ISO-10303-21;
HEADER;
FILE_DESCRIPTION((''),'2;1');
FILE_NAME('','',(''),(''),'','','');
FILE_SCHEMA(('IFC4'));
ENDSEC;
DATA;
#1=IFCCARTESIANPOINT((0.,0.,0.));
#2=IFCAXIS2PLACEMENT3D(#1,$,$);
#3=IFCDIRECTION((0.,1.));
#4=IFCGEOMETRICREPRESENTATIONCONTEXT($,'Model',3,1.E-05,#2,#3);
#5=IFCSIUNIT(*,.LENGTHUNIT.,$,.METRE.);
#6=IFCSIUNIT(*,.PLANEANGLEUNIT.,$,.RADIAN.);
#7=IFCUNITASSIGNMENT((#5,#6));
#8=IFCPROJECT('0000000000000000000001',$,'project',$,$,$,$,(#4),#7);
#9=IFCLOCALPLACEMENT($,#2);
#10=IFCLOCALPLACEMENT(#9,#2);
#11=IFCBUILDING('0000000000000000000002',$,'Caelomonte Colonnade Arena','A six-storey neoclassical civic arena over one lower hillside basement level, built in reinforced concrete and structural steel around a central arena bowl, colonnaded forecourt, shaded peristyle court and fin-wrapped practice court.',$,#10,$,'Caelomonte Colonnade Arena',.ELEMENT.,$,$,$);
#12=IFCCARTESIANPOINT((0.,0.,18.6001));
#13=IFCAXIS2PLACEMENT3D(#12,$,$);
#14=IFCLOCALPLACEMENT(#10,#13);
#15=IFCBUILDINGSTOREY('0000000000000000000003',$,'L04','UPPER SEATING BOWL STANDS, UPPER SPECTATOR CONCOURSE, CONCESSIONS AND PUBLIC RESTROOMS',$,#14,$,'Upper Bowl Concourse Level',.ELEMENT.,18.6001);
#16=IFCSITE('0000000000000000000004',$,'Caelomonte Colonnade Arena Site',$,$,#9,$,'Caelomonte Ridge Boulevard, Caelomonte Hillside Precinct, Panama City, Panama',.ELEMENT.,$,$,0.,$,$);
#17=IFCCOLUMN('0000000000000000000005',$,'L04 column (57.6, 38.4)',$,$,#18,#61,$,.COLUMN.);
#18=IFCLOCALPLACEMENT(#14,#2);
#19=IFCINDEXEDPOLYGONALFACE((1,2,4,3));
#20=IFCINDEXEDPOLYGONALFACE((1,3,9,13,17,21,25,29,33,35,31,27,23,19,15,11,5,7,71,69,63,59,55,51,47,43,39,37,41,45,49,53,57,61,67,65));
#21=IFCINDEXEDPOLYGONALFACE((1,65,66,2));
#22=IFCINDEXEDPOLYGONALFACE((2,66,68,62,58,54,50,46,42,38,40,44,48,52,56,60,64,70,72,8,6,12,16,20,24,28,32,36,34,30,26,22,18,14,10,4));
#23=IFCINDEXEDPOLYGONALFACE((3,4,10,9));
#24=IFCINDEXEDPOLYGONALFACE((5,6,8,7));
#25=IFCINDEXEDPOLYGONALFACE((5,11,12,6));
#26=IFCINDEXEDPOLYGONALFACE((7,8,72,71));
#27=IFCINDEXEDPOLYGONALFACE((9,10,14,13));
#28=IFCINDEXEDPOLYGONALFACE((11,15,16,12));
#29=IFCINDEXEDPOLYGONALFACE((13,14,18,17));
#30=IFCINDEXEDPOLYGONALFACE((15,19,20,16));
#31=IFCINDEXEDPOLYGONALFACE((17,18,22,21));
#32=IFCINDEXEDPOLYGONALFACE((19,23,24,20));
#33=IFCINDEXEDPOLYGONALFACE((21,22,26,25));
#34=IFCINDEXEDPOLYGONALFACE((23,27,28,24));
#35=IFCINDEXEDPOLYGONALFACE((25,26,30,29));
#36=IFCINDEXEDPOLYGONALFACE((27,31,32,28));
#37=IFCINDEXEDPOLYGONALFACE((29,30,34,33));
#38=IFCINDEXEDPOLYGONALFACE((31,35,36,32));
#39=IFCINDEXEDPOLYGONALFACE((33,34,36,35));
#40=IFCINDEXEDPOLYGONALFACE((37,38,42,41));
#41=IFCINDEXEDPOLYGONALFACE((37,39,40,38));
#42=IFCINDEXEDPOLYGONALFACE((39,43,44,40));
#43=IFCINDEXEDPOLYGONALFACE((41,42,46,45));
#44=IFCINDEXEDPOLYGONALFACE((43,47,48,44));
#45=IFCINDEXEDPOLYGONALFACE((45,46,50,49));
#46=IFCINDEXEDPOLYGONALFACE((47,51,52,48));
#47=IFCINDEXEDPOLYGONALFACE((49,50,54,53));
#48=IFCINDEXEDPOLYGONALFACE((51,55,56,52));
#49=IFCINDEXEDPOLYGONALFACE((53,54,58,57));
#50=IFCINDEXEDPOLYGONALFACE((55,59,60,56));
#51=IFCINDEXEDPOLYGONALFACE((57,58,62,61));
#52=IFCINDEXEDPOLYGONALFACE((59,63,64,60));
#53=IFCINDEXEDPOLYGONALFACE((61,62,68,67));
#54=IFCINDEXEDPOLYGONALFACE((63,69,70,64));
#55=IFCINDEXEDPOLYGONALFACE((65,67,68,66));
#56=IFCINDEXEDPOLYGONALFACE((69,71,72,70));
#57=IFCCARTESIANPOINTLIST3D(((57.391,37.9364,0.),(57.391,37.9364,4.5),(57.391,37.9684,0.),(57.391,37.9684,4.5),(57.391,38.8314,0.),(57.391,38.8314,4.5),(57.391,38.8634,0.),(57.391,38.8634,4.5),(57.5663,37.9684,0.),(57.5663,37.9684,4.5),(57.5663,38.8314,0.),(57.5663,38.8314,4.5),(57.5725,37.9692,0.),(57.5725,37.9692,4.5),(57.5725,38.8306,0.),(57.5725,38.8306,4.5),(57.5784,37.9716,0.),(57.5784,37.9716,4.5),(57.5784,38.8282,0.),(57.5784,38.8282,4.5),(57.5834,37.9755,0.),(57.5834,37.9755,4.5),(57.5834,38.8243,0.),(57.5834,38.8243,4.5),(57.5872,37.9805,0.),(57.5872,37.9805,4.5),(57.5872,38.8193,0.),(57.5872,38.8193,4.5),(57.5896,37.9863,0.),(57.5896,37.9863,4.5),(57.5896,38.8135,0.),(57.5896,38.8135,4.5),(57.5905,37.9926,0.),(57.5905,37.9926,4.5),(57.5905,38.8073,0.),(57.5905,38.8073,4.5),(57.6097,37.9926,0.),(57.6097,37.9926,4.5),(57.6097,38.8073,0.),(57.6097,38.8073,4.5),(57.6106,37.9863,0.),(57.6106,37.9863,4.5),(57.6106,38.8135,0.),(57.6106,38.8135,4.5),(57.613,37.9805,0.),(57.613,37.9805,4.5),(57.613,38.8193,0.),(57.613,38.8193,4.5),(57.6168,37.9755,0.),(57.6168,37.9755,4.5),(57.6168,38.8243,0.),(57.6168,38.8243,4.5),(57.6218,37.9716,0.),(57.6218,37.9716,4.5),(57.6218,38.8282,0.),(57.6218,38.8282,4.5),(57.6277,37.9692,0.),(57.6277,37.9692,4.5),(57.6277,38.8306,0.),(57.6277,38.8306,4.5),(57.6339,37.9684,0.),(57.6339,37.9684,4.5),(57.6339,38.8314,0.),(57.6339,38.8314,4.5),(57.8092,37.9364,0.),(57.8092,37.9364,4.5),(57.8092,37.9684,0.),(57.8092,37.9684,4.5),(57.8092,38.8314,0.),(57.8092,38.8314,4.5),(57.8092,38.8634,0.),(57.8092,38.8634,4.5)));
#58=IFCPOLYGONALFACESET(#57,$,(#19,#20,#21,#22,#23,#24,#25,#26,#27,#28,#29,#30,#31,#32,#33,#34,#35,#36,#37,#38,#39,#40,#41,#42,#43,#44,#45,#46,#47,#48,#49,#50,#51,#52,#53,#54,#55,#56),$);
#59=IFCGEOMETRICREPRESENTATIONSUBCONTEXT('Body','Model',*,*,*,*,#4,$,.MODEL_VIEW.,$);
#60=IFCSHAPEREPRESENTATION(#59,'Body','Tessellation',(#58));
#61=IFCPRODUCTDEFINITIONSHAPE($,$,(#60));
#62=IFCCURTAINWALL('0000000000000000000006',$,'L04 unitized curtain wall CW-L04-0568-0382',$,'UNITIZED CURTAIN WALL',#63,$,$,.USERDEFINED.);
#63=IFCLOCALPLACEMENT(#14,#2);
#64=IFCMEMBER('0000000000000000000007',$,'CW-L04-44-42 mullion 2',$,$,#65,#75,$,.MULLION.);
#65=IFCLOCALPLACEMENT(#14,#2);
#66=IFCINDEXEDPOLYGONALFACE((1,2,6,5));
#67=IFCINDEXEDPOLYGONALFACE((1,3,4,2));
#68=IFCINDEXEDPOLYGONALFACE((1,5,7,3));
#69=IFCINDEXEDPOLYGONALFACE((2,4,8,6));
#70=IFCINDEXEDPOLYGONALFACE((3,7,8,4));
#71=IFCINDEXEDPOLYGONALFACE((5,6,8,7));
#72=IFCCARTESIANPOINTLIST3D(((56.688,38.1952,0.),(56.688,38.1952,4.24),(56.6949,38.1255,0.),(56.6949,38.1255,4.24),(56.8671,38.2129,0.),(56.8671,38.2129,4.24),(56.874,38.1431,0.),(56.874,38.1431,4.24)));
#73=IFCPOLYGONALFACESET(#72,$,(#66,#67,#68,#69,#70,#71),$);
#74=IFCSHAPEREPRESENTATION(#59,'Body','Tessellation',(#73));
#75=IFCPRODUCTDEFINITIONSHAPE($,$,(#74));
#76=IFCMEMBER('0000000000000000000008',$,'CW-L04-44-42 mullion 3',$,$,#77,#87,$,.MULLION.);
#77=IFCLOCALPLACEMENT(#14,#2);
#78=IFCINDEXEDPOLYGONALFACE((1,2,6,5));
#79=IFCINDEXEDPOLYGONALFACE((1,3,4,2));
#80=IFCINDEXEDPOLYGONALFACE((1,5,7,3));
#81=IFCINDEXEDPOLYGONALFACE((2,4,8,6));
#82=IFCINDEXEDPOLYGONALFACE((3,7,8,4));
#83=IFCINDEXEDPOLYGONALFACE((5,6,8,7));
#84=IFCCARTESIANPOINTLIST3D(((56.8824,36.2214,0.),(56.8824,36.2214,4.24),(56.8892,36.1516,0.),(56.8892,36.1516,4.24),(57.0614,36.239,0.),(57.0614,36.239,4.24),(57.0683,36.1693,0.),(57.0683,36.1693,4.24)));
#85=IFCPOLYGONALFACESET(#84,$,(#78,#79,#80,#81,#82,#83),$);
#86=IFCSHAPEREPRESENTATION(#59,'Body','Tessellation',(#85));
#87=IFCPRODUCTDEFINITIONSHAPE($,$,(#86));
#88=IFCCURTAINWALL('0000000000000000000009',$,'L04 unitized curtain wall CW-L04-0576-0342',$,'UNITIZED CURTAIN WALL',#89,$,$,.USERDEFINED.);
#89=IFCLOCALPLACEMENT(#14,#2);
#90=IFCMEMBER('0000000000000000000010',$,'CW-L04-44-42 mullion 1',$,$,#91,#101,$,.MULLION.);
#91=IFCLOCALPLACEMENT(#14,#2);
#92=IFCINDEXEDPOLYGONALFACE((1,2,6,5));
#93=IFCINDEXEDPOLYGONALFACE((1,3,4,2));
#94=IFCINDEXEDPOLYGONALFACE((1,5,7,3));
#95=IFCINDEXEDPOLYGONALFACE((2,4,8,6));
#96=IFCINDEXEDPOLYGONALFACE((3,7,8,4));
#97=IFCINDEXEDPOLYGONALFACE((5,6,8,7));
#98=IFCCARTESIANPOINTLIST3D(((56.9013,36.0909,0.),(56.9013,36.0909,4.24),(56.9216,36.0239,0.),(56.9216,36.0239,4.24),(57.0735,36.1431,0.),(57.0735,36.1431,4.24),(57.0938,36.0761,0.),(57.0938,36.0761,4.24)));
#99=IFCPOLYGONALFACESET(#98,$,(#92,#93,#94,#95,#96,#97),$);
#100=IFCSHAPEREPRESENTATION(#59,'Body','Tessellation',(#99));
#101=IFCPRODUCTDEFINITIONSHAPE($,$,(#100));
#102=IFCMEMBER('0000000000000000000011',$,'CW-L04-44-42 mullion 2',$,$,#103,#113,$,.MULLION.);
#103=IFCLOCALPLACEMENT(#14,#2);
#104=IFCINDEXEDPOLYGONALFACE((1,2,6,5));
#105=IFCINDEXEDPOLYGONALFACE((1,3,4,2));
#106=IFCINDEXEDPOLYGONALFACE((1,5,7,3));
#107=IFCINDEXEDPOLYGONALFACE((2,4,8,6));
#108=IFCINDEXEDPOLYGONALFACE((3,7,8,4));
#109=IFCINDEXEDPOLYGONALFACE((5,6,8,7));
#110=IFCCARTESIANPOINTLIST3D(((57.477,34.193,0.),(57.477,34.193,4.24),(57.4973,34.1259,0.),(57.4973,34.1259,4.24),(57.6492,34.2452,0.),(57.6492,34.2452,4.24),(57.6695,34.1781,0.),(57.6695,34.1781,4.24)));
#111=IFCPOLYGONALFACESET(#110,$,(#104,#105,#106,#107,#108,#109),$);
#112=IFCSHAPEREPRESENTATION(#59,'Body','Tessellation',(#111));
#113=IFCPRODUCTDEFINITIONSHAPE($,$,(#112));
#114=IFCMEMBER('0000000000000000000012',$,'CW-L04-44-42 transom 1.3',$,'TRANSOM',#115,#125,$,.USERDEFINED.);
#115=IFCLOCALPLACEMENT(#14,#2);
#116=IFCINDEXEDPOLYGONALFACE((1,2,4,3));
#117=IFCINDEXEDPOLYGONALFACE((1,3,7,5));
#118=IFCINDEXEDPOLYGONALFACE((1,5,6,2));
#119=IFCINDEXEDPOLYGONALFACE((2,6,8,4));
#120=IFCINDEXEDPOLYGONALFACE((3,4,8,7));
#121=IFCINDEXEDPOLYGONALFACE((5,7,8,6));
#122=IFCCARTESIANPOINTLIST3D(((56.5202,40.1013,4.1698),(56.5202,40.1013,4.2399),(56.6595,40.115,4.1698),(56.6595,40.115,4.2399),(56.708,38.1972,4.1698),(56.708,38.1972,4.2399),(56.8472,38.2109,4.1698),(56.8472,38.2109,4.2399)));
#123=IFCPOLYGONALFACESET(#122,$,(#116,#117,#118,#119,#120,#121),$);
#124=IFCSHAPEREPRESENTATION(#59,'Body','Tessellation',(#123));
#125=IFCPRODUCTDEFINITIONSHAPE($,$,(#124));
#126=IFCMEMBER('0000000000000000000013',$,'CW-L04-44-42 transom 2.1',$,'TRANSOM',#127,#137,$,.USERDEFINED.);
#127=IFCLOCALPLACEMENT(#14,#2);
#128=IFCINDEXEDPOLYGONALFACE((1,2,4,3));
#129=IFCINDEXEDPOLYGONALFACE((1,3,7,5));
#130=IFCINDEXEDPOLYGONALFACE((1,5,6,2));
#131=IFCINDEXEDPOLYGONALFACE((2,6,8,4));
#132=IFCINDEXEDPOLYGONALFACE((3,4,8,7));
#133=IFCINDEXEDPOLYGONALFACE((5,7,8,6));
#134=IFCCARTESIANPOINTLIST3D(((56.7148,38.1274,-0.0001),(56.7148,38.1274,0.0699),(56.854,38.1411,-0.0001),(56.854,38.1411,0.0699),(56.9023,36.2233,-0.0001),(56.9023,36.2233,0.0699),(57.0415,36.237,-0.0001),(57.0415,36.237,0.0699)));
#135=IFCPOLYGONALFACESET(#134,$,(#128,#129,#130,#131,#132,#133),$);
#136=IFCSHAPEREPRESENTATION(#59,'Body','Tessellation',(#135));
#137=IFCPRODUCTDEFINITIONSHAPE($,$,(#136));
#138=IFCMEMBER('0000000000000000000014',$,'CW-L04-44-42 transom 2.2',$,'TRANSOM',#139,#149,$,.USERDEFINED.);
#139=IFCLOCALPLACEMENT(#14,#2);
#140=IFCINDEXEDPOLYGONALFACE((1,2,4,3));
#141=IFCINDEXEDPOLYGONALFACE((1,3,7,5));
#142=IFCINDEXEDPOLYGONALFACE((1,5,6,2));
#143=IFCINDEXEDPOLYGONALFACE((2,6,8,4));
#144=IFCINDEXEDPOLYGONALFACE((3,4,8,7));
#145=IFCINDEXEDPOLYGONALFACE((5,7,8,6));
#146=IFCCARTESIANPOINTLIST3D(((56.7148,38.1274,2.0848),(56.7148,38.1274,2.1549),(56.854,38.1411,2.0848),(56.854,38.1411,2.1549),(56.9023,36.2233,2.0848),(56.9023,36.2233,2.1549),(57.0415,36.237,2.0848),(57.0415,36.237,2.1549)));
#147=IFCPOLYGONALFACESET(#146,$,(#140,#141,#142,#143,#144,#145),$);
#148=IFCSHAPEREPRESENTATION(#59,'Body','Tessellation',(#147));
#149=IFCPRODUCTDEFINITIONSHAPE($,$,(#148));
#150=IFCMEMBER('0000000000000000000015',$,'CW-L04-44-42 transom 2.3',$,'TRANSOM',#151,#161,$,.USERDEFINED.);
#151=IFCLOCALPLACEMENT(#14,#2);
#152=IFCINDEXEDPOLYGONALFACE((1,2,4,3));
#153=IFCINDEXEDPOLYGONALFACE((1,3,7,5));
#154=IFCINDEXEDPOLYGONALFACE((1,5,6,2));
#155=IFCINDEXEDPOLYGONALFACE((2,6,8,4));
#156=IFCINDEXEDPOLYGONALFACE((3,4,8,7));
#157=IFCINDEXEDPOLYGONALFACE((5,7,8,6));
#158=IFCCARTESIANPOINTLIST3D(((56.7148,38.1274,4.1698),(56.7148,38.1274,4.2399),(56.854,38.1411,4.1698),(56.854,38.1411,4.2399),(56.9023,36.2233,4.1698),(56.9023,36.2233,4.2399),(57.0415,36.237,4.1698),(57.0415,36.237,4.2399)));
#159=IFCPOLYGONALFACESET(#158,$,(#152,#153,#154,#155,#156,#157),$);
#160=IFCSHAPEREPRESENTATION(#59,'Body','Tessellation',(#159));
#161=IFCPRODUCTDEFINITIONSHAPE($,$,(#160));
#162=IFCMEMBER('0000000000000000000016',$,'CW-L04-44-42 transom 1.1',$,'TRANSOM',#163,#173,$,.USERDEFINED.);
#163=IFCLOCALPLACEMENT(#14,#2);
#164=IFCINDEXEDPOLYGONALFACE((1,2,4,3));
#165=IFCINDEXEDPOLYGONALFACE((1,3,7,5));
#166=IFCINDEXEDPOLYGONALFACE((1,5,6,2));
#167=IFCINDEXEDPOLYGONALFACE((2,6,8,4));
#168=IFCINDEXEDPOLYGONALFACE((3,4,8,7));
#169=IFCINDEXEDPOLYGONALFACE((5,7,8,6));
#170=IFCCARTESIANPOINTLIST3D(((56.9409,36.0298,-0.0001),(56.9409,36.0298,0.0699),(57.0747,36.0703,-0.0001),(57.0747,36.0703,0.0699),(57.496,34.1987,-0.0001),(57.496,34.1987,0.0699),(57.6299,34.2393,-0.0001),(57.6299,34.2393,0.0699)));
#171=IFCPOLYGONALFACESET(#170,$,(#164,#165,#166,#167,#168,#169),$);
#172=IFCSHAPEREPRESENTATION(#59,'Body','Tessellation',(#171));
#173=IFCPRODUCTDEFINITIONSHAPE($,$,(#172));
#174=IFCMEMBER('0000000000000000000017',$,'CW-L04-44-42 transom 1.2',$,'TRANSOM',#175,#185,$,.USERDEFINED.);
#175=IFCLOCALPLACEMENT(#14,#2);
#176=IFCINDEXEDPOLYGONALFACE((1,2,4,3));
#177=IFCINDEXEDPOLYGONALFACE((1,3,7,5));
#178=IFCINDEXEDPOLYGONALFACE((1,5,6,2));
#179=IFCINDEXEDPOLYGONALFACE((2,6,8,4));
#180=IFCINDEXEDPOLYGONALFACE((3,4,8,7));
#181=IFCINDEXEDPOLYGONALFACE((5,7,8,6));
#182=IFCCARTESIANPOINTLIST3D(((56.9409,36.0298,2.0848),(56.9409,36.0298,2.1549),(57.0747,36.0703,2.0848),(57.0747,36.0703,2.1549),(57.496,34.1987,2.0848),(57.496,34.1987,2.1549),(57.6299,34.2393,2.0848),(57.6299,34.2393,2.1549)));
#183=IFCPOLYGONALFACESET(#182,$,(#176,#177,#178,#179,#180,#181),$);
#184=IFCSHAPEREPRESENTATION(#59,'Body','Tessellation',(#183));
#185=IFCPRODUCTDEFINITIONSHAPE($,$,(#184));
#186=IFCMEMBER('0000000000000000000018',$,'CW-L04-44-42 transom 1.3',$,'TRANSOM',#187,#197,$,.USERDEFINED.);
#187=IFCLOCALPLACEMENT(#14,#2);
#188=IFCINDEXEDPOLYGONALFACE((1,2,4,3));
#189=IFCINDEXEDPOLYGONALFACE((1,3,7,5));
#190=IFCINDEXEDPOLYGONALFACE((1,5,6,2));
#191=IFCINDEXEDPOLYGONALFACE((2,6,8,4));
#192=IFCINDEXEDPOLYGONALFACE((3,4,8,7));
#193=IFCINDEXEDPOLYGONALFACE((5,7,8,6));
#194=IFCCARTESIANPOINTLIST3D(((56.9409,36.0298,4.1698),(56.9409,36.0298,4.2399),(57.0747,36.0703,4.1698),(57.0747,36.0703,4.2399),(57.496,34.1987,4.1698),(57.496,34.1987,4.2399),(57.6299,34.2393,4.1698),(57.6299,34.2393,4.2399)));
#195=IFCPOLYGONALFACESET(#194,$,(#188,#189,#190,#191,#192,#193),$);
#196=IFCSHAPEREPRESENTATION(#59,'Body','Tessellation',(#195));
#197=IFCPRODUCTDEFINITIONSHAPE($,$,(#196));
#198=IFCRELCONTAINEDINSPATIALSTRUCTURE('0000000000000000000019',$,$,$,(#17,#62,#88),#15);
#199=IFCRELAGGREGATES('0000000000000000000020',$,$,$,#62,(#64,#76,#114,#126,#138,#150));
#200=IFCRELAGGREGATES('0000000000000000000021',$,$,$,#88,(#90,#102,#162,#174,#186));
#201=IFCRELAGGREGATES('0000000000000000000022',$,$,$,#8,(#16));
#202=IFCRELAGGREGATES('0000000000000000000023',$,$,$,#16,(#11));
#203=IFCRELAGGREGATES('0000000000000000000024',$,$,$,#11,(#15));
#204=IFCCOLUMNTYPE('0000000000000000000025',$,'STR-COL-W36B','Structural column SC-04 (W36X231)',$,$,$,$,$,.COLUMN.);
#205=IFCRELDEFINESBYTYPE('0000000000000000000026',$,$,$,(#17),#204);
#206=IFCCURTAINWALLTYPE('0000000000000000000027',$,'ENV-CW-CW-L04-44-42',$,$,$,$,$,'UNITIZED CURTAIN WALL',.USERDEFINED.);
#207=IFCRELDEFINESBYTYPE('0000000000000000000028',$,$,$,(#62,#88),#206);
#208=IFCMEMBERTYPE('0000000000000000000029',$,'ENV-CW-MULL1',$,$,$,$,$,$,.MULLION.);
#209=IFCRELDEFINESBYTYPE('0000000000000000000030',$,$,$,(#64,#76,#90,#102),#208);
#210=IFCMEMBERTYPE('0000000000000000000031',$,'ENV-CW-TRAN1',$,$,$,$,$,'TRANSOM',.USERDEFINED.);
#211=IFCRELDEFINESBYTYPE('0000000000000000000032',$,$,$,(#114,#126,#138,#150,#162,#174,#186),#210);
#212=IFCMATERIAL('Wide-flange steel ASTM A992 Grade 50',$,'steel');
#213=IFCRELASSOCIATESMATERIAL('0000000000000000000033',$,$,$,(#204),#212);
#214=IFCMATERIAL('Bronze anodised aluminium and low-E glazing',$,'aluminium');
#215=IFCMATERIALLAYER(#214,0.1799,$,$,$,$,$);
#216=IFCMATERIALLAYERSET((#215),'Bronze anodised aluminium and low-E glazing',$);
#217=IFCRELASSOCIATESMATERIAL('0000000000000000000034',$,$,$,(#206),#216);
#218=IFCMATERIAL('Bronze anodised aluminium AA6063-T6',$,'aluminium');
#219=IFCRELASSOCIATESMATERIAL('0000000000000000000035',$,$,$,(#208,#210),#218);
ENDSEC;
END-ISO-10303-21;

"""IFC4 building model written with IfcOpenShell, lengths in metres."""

from ifc_helpers import new_model, si_unit, direction, frame, origin, origin_2d, place, context, subcontext, project, spatial, rectangle, i_section, extrude, material, layer, layer_set, material_profile, profile_set, type_object, element, aggregate, save


model = new_model("IFC4")

# Units and contexts
model_context = context("Model", 3, precision=1e-05, world=origin(), true_north=direction((0.0, 1.0)))
body_context = subcontext(model_context, "Body", "Model", "MODEL_VIEW")
ifc_project = project(units=[si_unit("LENGTHUNIT", "METRE"), si_unit("PLANEANGLEUNIT", "RADIAN")], contexts=[model_context])

# Site, building, storey
site_placement = place(None, origin())
site = spatial("IfcSite", under=ifc_project, at=site_placement, Name="Caelomonte Colonnade Arena Site", LongName="Caelomonte Ridge Boulevard, Caelomonte Hillside Precinct, Panama City, Panama", CompositionType="ELEMENT", RefElevation=0.0)
building_placement = place(site_placement, origin())
building = spatial("IfcBuilding", under=site, at=building_placement, Name="Caelomonte Colonnade Arena", Description="A six-storey neoclassical civic arena over one lower hillside basement level, built in reinforced concrete and structural steel around a central arena bowl, colonnaded forecourt, shaded peristyle court and fin-wrapped practice court.", LongName="Caelomonte Colonnade Arena", CompositionType="ELEMENT")
storey_placement = place(building_placement, frame((0.0, 0.0, 18.6001)))
storey = spatial("IfcBuildingStorey", under=building, at=storey_placement, Name="L04", Description="UPPER SEATING BOWL STANDS, UPPER SPECTATOR CONCOURSE, CONCESSIONS AND PUBLIC RESTROOMS", LongName="Upper Bowl Concourse Level", CompositionType="ELEMENT", Elevation=18.6001)

# Column
ifc_material_1 = material(Name="Wide-flange steel ASTM A992 Grade 50", Category="steel")
ifc_material_profile_1 = material_profile(ifc_material_1, i_section(OverallWidth=0.4182, OverallDepth=0.927, WebThickness=0.0193, FlangeThickness=0.032, FilletRadius=0.0242, at=origin_2d()), Name="W36X231")
ifc_profile_set_1 = profile_set([ifc_material_profile_1], Name="Wide-flange steel ASTM A992 Grade 50")
column_type = type_object("IfcColumnType", Name="STR-COL-W36B", Description="Structural column SC-04 (W36X231)", PredefinedType="COLUMN", material=ifc_profile_set_1)
column_placement = place(storey_placement, frame((57.6001, 38.3999, 0.0), z_axis=(0.0, 0.0, 1.0), x_axis=(1.0, 0.0, 0.0)))
element("IfcColumn", 1, at=column_placement, inside=storey, type_object=column_type, Name="L04 column (57.6, 38.4)", PredefinedType="COLUMN", context=body_context, shape_type="SweptSolid", body=[
    extrude(i_section(OverallWidth=0.4182, OverallDepth=0.927, WebThickness=0.0193, FlangeThickness=0.032, FilletRadius=0.0242, at=origin_2d()), origin(), (0.0, 0.0, 1.0), 4.5),
])

# Curtain walls, members
ifc_material_2 = material(Name="Bronze anodised aluminium and low-E glazing", Category="aluminium")
ifc_layer_1 = layer(ifc_material_2, 0.1799)
ifc_layer_set_1 = layer_set([ifc_layer_1], Name="Bronze anodised aluminium and low-E glazing")
curtain_wall_type = type_object("IfcCurtainWallType", Name="ENV-CW-CW-L04-44-42", ElementType="UNITIZED CURTAIN WALL", PredefinedType="USERDEFINED", material=ifc_layer_set_1)
curtain_wall_1_placement = place(storey_placement, origin())
curtain_wall_1 = element("IfcCurtainWall", 2, at=curtain_wall_1_placement, inside=storey, type_object=curtain_wall_type, Name="L04 unitized curtain wall CW-L04-0568-0382", ObjectType="UNITIZED CURTAIN WALL", PredefinedType="USERDEFINED")
ifc_material_3 = material(Name="Bronze anodised aluminium AA6063-T6", Category="aluminium")
ifc_material_profile_2 = material_profile(ifc_material_3, rectangle(XDim=0.0701, YDim=0.1799, at=origin_2d()), Name="CWM-70X180")
ifc_profile_set_2 = profile_set([ifc_material_profile_2], Name="Bronze anodised aluminium AA6063-T6")
member_type_1 = type_object("IfcMemberType", Name="ENV-CW-MULL1", PredefinedType="MULLION", material=ifc_profile_set_2)
member_1_placement = place(storey_placement, frame((56.781, 38.1692, 0.0), z_axis=(0.0, 0.0, 1.0), x_axis=(0.098002, -0.995186, 0.0)))
member_1 = element("IfcMember", 3, at=member_1_placement, type_object=member_type_1, Name="CW-L04-44-42 mullion 2", PredefinedType="MULLION", context=body_context, shape_type="SweptSolid", body=[
    extrude(rectangle(XDim=0.0701, YDim=0.1799, at=origin_2d()), origin(), (0.0, 0.0, 1.0), 4.24),
])
member_2_placement = place(storey_placement, frame((56.9753, 36.1953, 0.0), z_axis=(0.0, 0.0, 1.0), x_axis=(0.098002, -0.995186, 0.0)))
member_2 = element("IfcMember", 4, at=member_2_placement, type_object=member_type_1, Name="CW-L04-44-42 mullion 3", PredefinedType="MULLION", context=body_context, shape_type="SweptSolid", body=[
    extrude(rectangle(XDim=0.0701, YDim=0.1799, at=origin_2d()), origin(), (0.0, 0.0, 1.0), 4.24),
])
curtain_wall_2_placement = place(storey_placement, origin())
curtain_wall_2 = element("IfcCurtainWall", 5, at=curtain_wall_2_placement, inside=storey, type_object=curtain_wall_type, Name="L04 unitized curtain wall CW-L04-0576-0342", ObjectType="UNITIZED CURTAIN WALL", PredefinedType="USERDEFINED")
member_3_placement = place(storey_placement, frame((56.9976, 36.0835, 0.0), z_axis=(0.0, 0.0, 1.0), x_axis=(0.290256, -0.956949, 0.0)))
member_3 = element("IfcMember", 6, at=member_3_placement, type_object=member_type_1, Name="CW-L04-44-42 mullion 1", PredefinedType="MULLION", context=body_context, shape_type="SweptSolid", body=[
    extrude(rectangle(XDim=0.0701, YDim=0.1799, at=origin_2d()), origin(), (0.0, 0.0, 1.0), 4.24),
])
member_4_placement = place(storey_placement, frame((57.5732, 34.1855, 0.0), z_axis=(0.0, 0.0, 1.0), x_axis=(0.290256, -0.956949, 0.0)))
member_4 = element("IfcMember", 7, at=member_4_placement, type_object=member_type_1, Name="CW-L04-44-42 mullion 2", PredefinedType="MULLION", context=body_context, shape_type="SweptSolid", body=[
    extrude(rectangle(XDim=0.0701, YDim=0.1799, at=origin_2d()), origin(), (0.0, 0.0, 1.0), 4.24),
])

# Members
ifc_material_profile_3 = material_profile(ifc_material_3, rectangle(XDim=0.0701, YDim=0.1399, at=origin_2d()), Name="CWT-70X140")
ifc_profile_set_3 = profile_set([ifc_material_profile_3], Name="Bronze anodised aluminium AA6063-T6")
member_type_2 = type_object("IfcMemberType", Name="ENV-CW-TRAN1", ElementType="TRANSOM", PredefinedType="USERDEFINED", material=ifc_profile_set_3)
member_5_placement = place(storey_placement, frame((56.5898, 40.1082, 4.2048), z_axis=(0.098127, -0.995174, 0.0), x_axis=(0.0, 0.0, 1.0)))
member_5 = element("IfcMember", 8, at=member_5_placement, type_object=member_type_2, Name="CW-L04-44-42 transom 1.3", ObjectType="TRANSOM", PredefinedType="USERDEFINED", context=body_context, shape_type="SweptSolid", body=[
    extrude(rectangle(XDim=0.0701, YDim=0.1399, at=origin_2d()), origin(), (0.0, 0.0, 1.0), 1.9133),
])
member_6_placement = place(storey_placement, frame((56.7844, 38.1343, 0.0349), z_axis=(0.098, -0.995186, 0.0), x_axis=(0.0, 0.0, 1.0)))
member_6 = element("IfcMember", 9, at=member_6_placement, type_object=member_type_2, Name="CW-L04-44-42 transom 2.1", ObjectType="TRANSOM", PredefinedType="USERDEFINED", context=body_context, shape_type="SweptSolid", body=[
    extrude(rectangle(XDim=0.0701, YDim=0.1399, at=origin_2d()), origin(), (0.0, 0.0, 1.0), 1.9133),
])
member_7_placement = place(storey_placement, frame((56.7844, 38.1343, 2.1199), z_axis=(0.098, -0.995186, 0.0), x_axis=(0.0, 0.0, 1.0)))
member_7 = element("IfcMember", 10, at=member_7_placement, type_object=member_type_2, Name="CW-L04-44-42 transom 2.2", ObjectType="TRANSOM", PredefinedType="USERDEFINED", context=body_context, shape_type="SweptSolid", body=[
    extrude(rectangle(XDim=0.0701, YDim=0.1399, at=origin_2d()), origin(), (0.0, 0.0, 1.0), 1.9133),
])
member_8_placement = place(storey_placement, frame((56.7844, 38.1343, 4.2048), z_axis=(0.098, -0.995186, 0.0), x_axis=(0.0, 0.0, 1.0)))
member_8 = element("IfcMember", 11, at=member_8_placement, type_object=member_type_2, Name="CW-L04-44-42 transom 2.3", ObjectType="TRANSOM", PredefinedType="USERDEFINED", context=body_context, shape_type="SweptSolid", body=[
    extrude(rectangle(XDim=0.0701, YDim=0.1399, at=origin_2d()), origin(), (0.0, 0.0, 1.0), 1.9133),
])
member_9_placement = place(storey_placement, frame((57.0078, 36.05, 0.0349), z_axis=(0.290156, -0.956979, 0.0), x_axis=(0.0, 0.0, 1.0)))
member_9 = element("IfcMember", 12, at=member_9_placement, type_object=member_type_2, Name="CW-L04-44-42 transom 1.1", ObjectType="TRANSOM", PredefinedType="USERDEFINED", context=body_context, shape_type="SweptSolid", body=[
    extrude(rectangle(XDim=0.0701, YDim=0.1399, at=origin_2d()), origin(), (0.0, 0.0, 1.0), 1.9133),
])
member_10_placement = place(storey_placement, frame((57.0078, 36.05, 2.1199), z_axis=(0.290156, -0.956979, 0.0), x_axis=(0.0, 0.0, 1.0)))
member_10 = element("IfcMember", 13, at=member_10_placement, type_object=member_type_2, Name="CW-L04-44-42 transom 1.2", ObjectType="TRANSOM", PredefinedType="USERDEFINED", context=body_context, shape_type="SweptSolid", body=[
    extrude(rectangle(XDim=0.0701, YDim=0.1399, at=origin_2d()), origin(), (0.0, 0.0, 1.0), 1.9133),
])
member_11_placement = place(storey_placement, frame((57.0078, 36.05, 4.2048), z_axis=(0.290156, -0.956979, 0.0), x_axis=(0.0, 0.0, 1.0)))
member_11 = element("IfcMember", 14, at=member_11_placement, type_object=member_type_2, Name="CW-L04-44-42 transom 1.3", ObjectType="TRANSOM", PredefinedType="USERDEFINED", context=body_context, shape_type="SweptSolid", body=[
    extrude(rectangle(XDim=0.0701, YDim=0.1399, at=origin_2d()), origin(), (0.0, 0.0, 1.0), 1.9133),
])

aggregate(curtain_wall_1, [member_1, member_2, member_5, member_6, member_7, member_8])
aggregate(curtain_wall_2, [member_3, member_4, member_9, member_10, member_11])

save(model, "model.ifc")
